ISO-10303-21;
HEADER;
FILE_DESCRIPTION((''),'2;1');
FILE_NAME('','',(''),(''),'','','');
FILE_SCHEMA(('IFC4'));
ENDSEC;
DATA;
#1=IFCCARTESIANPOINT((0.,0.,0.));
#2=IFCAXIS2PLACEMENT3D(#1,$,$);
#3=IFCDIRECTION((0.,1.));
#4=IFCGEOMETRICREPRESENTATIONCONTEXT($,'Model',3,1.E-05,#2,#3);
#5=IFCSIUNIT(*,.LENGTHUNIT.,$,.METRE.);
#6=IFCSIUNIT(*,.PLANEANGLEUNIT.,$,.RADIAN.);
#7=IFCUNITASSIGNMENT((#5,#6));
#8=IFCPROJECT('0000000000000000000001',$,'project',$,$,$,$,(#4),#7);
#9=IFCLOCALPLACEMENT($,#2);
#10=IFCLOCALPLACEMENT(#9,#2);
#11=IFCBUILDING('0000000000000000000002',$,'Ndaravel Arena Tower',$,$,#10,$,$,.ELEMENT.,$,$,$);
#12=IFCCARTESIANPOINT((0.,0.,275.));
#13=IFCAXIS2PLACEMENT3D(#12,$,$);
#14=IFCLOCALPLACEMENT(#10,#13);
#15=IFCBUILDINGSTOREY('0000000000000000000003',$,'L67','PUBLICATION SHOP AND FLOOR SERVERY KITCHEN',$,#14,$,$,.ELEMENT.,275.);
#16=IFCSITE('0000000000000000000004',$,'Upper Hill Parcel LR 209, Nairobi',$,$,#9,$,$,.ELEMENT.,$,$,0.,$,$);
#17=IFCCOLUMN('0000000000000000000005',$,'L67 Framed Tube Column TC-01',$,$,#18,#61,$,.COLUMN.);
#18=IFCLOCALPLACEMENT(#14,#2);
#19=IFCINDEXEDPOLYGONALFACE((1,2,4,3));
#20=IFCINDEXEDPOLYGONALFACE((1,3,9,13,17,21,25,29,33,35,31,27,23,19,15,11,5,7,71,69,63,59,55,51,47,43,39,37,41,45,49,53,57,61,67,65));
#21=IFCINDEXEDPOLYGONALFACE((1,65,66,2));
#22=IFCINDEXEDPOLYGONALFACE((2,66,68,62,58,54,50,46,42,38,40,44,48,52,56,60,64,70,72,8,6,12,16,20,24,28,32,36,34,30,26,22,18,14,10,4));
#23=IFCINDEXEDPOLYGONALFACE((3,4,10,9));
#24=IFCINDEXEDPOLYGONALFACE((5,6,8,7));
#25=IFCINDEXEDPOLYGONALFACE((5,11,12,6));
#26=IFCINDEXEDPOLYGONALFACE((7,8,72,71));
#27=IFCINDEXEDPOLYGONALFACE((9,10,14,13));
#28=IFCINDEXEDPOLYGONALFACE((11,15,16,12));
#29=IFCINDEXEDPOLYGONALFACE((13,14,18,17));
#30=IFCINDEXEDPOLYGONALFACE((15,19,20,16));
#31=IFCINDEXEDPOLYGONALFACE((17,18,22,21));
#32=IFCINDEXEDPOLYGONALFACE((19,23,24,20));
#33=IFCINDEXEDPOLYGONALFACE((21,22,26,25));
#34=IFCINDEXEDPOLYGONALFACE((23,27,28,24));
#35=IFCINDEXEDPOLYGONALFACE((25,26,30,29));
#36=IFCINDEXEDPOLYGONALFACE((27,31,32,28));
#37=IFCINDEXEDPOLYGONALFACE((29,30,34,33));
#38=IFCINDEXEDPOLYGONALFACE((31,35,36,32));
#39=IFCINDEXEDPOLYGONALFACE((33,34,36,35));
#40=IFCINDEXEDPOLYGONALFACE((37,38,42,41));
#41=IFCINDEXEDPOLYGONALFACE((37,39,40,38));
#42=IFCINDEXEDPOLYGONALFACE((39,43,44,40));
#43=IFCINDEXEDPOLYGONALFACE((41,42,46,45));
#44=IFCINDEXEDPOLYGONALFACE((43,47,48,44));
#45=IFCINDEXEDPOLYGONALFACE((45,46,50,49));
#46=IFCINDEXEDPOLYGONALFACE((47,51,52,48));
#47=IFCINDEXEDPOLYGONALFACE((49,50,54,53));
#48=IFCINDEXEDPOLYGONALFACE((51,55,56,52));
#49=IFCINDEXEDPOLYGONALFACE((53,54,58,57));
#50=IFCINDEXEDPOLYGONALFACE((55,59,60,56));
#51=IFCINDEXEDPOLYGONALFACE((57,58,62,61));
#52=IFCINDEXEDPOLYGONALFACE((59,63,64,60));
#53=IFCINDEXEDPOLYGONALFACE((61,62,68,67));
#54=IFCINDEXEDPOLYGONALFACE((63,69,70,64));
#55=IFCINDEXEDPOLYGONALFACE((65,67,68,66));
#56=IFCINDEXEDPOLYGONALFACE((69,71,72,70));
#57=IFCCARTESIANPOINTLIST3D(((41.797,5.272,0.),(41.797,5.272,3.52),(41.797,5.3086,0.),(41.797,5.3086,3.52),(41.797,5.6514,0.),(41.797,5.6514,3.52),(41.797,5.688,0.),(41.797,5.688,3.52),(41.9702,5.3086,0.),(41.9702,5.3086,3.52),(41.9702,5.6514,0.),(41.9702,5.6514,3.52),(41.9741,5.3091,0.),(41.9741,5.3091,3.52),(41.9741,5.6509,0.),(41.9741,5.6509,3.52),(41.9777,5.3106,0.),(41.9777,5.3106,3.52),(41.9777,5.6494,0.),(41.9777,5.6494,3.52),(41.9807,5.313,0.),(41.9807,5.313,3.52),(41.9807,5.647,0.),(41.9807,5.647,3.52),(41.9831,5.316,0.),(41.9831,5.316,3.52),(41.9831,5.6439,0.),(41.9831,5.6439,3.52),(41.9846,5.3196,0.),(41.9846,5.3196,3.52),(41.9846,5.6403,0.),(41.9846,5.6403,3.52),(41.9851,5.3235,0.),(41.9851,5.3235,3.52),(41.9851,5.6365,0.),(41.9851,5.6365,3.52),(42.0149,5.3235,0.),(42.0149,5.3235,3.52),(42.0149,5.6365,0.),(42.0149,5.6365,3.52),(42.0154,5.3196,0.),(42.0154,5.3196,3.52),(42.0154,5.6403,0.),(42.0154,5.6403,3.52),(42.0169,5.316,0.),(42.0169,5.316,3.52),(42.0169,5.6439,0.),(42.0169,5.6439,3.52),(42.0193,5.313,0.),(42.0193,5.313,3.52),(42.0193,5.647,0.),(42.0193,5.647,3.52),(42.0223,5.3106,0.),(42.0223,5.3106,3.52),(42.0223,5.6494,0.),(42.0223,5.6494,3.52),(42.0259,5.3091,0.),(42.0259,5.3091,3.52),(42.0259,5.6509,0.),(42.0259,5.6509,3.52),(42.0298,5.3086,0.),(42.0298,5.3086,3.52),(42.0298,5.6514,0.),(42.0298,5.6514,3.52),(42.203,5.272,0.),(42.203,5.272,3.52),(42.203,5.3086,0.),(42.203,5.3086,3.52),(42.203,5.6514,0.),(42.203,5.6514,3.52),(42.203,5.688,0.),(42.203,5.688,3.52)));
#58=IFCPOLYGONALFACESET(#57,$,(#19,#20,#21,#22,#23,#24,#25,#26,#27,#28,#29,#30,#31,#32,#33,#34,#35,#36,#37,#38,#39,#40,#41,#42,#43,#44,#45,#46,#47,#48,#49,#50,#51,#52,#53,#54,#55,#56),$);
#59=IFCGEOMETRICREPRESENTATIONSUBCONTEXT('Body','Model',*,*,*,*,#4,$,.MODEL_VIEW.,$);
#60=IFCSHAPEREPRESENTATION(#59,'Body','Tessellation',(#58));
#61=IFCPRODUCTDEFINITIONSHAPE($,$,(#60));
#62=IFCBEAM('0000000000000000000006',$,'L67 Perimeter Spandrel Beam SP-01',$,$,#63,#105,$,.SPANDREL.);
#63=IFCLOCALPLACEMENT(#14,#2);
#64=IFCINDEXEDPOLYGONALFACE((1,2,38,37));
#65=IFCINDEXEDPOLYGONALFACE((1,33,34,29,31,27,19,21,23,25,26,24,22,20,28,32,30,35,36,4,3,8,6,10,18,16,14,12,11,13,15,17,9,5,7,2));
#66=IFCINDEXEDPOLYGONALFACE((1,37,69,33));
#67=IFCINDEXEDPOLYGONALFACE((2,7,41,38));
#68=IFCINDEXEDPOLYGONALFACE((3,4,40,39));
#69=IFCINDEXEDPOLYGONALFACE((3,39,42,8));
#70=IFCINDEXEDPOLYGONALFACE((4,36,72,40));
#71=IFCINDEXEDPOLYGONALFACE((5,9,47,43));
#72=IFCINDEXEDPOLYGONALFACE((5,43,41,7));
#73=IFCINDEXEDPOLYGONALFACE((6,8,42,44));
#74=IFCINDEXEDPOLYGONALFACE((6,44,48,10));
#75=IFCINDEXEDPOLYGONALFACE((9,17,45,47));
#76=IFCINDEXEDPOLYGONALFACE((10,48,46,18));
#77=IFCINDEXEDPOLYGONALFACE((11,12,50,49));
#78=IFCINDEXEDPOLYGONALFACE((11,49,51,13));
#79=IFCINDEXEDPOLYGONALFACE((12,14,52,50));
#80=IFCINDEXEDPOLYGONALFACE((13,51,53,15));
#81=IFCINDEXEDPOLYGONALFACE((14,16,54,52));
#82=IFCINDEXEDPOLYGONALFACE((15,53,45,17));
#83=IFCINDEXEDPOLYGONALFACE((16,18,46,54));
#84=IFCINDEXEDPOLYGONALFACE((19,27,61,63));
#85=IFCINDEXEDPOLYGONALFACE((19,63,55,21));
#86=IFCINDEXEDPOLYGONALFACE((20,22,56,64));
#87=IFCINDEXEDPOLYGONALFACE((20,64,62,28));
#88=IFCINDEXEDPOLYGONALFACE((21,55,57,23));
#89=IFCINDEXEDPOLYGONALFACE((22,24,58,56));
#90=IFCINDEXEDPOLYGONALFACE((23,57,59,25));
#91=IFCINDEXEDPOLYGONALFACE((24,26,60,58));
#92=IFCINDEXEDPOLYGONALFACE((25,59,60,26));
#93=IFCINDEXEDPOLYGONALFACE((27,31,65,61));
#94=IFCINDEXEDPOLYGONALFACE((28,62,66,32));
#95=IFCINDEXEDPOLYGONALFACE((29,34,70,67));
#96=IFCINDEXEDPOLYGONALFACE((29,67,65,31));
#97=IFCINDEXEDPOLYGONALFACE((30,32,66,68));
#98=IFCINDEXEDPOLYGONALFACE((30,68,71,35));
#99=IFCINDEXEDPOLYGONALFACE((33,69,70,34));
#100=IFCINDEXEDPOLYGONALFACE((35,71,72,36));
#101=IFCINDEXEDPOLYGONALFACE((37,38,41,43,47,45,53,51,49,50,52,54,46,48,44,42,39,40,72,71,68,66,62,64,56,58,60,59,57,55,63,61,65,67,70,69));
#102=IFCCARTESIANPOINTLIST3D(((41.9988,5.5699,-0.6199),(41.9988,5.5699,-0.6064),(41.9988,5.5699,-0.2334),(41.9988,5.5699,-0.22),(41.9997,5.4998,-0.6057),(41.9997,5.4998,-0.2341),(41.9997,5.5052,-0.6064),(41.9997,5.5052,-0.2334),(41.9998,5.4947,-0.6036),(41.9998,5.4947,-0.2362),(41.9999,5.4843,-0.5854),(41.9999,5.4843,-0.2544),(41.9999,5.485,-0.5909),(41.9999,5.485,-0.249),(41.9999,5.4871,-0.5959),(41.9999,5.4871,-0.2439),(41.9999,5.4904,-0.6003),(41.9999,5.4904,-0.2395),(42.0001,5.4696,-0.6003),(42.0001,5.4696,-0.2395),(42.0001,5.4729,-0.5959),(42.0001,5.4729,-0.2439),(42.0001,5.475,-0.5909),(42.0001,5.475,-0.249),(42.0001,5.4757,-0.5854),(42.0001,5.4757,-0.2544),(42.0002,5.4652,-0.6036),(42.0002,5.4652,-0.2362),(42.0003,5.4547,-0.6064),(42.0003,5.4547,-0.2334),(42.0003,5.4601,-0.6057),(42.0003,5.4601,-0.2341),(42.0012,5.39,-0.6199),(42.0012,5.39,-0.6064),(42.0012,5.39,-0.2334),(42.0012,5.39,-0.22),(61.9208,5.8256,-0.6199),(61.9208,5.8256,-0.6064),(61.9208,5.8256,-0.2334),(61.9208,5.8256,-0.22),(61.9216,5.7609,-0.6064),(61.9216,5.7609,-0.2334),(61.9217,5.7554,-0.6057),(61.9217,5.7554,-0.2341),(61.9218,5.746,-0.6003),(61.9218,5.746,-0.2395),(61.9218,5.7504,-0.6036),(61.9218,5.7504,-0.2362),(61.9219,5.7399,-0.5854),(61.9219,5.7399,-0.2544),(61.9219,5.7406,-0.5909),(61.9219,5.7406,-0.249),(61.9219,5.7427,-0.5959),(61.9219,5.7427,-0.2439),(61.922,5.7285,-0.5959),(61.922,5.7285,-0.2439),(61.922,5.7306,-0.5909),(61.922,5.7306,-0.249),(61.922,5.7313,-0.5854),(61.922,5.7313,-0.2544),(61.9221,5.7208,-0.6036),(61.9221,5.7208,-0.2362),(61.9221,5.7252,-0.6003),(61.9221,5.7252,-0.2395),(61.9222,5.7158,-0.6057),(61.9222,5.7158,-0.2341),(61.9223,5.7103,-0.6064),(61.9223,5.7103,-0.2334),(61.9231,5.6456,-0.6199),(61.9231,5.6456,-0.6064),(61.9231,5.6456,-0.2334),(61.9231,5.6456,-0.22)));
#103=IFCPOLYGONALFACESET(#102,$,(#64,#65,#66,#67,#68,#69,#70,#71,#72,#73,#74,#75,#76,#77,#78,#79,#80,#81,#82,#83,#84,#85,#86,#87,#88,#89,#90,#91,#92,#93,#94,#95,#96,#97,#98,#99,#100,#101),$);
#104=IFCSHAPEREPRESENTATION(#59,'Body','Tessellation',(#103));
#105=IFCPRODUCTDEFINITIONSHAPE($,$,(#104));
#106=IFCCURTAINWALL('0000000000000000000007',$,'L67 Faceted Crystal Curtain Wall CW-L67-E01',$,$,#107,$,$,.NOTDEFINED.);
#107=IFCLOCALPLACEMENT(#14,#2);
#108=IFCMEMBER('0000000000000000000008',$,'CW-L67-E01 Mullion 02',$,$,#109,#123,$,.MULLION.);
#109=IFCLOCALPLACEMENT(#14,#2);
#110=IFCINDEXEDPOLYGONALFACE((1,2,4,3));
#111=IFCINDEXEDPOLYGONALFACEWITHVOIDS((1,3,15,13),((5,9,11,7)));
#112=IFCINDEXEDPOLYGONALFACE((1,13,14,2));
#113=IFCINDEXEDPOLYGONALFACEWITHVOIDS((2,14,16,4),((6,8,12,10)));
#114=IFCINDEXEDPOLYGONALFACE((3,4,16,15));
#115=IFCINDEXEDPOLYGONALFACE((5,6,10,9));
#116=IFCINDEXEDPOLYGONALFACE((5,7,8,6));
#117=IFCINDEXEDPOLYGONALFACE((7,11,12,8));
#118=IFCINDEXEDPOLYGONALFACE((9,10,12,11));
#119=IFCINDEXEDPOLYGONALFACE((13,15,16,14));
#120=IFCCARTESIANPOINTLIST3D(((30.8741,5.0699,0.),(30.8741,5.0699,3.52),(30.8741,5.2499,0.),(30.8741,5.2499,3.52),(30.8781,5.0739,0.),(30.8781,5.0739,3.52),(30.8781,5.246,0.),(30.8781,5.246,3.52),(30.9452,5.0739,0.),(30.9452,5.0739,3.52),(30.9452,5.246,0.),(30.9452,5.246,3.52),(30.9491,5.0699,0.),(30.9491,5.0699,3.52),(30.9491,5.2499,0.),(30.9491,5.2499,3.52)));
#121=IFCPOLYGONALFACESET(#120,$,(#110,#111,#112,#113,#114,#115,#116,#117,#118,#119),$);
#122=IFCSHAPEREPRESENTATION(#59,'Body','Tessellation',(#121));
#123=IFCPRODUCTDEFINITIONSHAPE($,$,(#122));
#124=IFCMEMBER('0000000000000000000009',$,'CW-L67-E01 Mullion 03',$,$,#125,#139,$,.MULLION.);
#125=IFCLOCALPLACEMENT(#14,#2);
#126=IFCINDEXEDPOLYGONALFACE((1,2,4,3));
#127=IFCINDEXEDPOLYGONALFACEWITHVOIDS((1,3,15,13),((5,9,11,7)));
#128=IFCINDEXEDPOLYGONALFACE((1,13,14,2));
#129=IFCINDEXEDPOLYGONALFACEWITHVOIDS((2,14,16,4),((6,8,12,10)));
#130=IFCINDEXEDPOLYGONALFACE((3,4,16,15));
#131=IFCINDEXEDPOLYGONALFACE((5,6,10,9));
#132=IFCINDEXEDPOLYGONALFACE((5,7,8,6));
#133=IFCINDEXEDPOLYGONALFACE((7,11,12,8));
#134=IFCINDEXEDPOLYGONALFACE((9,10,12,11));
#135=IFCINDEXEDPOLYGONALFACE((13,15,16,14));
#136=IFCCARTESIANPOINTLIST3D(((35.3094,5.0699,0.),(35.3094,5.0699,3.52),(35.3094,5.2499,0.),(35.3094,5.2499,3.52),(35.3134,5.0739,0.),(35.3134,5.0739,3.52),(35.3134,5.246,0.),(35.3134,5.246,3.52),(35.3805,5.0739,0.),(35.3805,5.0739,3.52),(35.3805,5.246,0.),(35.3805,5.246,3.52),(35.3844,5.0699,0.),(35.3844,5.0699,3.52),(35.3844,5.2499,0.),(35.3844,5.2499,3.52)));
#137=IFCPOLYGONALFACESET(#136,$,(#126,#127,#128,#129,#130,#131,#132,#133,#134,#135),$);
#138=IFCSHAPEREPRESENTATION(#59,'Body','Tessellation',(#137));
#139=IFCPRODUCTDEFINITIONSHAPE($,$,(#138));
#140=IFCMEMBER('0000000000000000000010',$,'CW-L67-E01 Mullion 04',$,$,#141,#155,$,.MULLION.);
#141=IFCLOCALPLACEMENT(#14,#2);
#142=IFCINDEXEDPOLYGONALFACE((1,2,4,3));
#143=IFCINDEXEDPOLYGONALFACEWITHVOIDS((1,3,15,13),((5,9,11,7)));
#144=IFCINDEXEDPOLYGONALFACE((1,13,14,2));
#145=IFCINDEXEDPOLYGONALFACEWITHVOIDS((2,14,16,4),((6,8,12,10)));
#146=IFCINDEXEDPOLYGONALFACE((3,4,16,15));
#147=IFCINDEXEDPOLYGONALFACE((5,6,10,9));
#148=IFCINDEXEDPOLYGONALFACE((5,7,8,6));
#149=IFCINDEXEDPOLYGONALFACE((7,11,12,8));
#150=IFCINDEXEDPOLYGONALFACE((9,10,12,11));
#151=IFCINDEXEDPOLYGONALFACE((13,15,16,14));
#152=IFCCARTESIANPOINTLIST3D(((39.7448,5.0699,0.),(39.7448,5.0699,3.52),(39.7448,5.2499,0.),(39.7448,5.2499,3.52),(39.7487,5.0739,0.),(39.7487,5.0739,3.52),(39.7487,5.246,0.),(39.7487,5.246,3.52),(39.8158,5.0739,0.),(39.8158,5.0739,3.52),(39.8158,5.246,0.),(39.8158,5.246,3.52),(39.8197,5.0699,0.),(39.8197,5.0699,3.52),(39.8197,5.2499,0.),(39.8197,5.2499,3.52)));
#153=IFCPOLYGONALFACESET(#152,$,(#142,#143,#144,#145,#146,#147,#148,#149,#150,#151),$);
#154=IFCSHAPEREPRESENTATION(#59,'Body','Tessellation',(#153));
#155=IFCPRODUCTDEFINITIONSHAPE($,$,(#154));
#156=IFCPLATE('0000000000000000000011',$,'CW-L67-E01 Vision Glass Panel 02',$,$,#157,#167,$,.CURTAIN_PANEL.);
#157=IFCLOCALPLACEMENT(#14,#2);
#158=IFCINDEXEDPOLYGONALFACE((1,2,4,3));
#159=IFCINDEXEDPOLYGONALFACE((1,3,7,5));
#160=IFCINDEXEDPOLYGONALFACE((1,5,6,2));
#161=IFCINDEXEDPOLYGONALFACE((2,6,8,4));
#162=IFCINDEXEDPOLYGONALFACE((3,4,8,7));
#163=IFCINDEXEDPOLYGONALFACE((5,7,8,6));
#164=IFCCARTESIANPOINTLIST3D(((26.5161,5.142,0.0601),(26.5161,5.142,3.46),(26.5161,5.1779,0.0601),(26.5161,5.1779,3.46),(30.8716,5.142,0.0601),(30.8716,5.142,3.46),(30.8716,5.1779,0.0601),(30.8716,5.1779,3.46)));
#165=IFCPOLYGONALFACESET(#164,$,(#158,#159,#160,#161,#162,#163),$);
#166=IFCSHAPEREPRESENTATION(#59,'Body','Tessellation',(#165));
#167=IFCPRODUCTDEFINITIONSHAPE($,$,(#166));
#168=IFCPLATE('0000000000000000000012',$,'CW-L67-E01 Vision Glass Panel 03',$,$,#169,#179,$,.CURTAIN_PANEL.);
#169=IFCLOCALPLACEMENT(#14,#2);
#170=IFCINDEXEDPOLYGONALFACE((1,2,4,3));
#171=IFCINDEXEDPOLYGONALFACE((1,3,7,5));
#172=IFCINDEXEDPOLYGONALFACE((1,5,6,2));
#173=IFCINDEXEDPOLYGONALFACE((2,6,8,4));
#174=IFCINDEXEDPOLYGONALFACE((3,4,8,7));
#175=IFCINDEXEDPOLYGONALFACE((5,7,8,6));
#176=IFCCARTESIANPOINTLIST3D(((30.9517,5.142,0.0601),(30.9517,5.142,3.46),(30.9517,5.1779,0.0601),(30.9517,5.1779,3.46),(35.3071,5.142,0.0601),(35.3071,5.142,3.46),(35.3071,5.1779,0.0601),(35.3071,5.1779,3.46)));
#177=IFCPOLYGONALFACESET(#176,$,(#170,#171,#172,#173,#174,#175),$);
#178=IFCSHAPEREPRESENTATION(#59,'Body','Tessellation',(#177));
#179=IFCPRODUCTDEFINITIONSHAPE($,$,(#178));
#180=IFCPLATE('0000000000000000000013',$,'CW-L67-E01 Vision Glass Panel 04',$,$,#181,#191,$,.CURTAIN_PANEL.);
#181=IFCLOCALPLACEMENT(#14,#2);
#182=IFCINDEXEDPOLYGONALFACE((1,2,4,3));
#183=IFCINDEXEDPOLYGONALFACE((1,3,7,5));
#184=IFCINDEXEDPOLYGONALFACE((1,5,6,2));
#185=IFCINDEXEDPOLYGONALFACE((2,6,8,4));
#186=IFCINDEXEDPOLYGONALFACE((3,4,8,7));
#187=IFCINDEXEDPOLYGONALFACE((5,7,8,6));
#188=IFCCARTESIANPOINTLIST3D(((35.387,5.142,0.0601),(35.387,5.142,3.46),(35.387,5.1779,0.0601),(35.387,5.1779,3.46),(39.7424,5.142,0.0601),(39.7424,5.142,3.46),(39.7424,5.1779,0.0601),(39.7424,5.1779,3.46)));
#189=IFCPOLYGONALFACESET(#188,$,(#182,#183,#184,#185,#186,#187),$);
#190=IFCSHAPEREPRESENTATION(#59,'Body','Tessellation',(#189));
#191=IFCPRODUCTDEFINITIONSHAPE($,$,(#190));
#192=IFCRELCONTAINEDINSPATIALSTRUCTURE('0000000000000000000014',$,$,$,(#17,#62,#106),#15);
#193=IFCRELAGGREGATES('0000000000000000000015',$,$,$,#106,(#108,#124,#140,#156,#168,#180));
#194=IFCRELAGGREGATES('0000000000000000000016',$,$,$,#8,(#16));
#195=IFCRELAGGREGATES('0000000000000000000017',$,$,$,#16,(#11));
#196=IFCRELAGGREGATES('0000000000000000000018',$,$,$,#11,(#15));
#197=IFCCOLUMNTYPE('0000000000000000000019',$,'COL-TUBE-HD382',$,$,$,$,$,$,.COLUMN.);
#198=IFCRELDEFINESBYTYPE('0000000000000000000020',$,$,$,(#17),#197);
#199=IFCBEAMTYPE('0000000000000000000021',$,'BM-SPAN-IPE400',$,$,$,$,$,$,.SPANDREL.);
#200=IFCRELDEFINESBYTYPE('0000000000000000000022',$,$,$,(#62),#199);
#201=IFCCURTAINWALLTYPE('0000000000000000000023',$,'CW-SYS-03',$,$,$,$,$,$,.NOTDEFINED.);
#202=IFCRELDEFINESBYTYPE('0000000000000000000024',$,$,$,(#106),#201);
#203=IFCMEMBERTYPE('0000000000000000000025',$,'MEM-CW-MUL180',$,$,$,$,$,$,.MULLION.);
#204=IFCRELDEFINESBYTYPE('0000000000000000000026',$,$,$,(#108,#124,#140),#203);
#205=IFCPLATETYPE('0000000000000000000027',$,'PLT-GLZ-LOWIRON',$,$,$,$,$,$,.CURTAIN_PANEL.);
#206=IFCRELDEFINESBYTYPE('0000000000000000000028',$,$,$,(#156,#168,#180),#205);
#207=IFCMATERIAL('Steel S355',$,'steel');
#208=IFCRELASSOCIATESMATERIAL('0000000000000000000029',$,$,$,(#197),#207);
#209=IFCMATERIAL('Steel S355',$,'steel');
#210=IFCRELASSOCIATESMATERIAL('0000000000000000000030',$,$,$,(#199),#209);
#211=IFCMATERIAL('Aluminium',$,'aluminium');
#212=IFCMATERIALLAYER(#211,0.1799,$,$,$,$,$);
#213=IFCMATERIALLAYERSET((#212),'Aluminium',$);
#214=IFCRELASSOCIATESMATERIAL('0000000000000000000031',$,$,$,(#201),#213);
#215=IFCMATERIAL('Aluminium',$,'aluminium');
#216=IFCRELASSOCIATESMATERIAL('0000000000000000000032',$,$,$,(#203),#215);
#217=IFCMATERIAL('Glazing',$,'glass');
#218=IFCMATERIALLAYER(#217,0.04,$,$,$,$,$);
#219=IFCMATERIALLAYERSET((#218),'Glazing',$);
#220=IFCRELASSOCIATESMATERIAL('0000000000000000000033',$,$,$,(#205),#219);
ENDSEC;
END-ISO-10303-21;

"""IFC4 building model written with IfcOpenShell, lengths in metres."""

from ifc_helpers import new_model, si_unit, direction, frame, origin, origin_2d, place, context, subcontext, project, spatial, rectangle, hollow_rectangle, i_section, extrude, material, layer, layer_set, material_profile, profile_set, type_object, element, aggregate, save


model = new_model("IFC4")

# Units and contexts
model_context = context("Model", 3, precision=1e-05, world=origin(), true_north=direction((0.0, 1.0)))
body_context = subcontext(model_context, "Body", "Model", "MODEL_VIEW")
ifc_project = project(units=[si_unit("LENGTHUNIT", "METRE"), si_unit("PLANEANGLEUNIT", "RADIAN")], contexts=[model_context])

# Site, building, storey
site_placement = place(None, origin())
site = spatial("IfcSite", under=ifc_project, at=site_placement, Name="Upper Hill Parcel LR 209, Nairobi", CompositionType="ELEMENT", RefElevation=0.0)
building_placement = place(site_placement, origin())
building = spatial("IfcBuilding", under=site, at=building_placement, Name="Ndaravel Arena Tower", CompositionType="ELEMENT")
storey_placement = place(building_placement, frame((0.0, 0.0, 275.0)))
storey = spatial("IfcBuildingStorey", under=building, at=storey_placement, Name="L67", Description="PUBLICATION SHOP AND FLOOR SERVERY KITCHEN", CompositionType="ELEMENT", Elevation=275.0)

# Column
ifc_material_1 = material(Name="Steel S355", Category="steel")
ifc_material_profile_1 = material_profile(ifc_material_1, i_section(OverallWidth=0.406, OverallDepth=0.416, WebThickness=0.0298, FlangeThickness=0.0366, FilletRadius=0.0149, at=origin_2d()), Name="HD 400x382")
ifc_profile_set_1 = profile_set([ifc_material_profile_1], Name="Steel S355")
column_type = type_object("IfcColumnType", Name="COL-TUBE-HD382", PredefinedType="COLUMN", material=ifc_profile_set_1)
column_placement = place(storey_placement, frame((42.0, 5.48, 0.0), z_axis=(0.0, 0.0, 1.0), x_axis=(1.0, 0.0, 0.0)))
element("IfcColumn", 1, at=column_placement, inside=storey, type_object=column_type, Name="L67 Framed Tube Column TC-01", PredefinedType="COLUMN", context=body_context, shape_type="SweptSolid", body=[
    extrude(i_section(OverallWidth=0.406, OverallDepth=0.416, WebThickness=0.0298, FlangeThickness=0.0366, FilletRadius=0.0149, at=origin_2d()), origin(), (0.0, 0.0, 1.0), 3.52),
])

# Beam
ifc_material_2 = material(Name="Steel S355", Category="steel")
ifc_material_profile_2 = material_profile(ifc_material_2, i_section(OverallWidth=0.1799, OverallDepth=0.3999, WebThickness=0.0085, FlangeThickness=0.0134, FilletRadius=0.021, at=origin_2d()), Name="IPE 400")
ifc_profile_set_2 = profile_set([ifc_material_profile_2], Name="Steel S355")
beam_type = type_object("IfcBeamType", Name="BM-SPAN-IPE400", PredefinedType="SPANDREL", material=ifc_profile_set_2)
beam_placement = place(storey_placement, frame((42.0, 5.48, -0.4199), z_axis=(0.999918, 0.01283, 0.0), x_axis=(-0.01283, 0.999918, 0.0)))
element("IfcBeam", 2, at=beam_placement, inside=storey, type_object=beam_type, Name="L67 Perimeter Spandrel Beam SP-01", PredefinedType="SPANDREL", context=body_context, shape_type="SweptSolid", body=[
    extrude(i_section(OverallWidth=0.1799, OverallDepth=0.3999, WebThickness=0.0085, FlangeThickness=0.0134, FilletRadius=0.021, at=origin_2d()), origin(), (0.0, 0.0, 1.0), 19.9236),
])

# Curtain wall, members, plates
ifc_material_3 = material(Name="Aluminium", Category="aluminium")
ifc_layer_1 = layer(ifc_material_3, 0.1799)
ifc_layer_set_1 = layer_set([ifc_layer_1], Name="Aluminium")
curtain_wall_type = type_object("IfcCurtainWallType", Name="CW-SYS-03", PredefinedType="NOTDEFINED", material=ifc_layer_set_1)
curtain_wall_placement = place(storey_placement, origin())
curtain_wall = element("IfcCurtainWall", 3, at=curtain_wall_placement, inside=storey, type_object=curtain_wall_type, Name="L67 Faceted Crystal Curtain Wall CW-L67-E01", PredefinedType="NOTDEFINED")
ifc_material_4 = material(Name="Aluminium", Category="aluminium")
ifc_material_profile_3 = material_profile(ifc_material_4, hollow_rectangle(XDim=0.075, YDim=0.1799, WallThickness=0.0039, at=origin_2d()), Name="CW MULLION 75x180x4")
ifc_profile_set_3 = profile_set([ifc_material_profile_3], Name="Aluminium")
member_type = type_object("IfcMemberType", Name="MEM-CW-MUL180", PredefinedType="MULLION", material=ifc_profile_set_3)
member_1_placement = place(storey_placement, frame((30.9116, 5.1599, 0.0), z_axis=(0.0, 0.0, 1.0), x_axis=(1.0, 0.0, 0.0)))
member_1 = element("IfcMember", 4, at=member_1_placement, type_object=member_type, Name="CW-L67-E01 Mullion 02", PredefinedType="MULLION", context=body_context, shape_type="SweptSolid", body=[
    extrude(hollow_rectangle(XDim=0.075, YDim=0.1799, WallThickness=0.0039, at=origin_2d()), origin(), (0.0, 0.0, 1.0), 3.52),
])
member_2_placement = place(storey_placement, frame((35.3469, 5.1599, 0.0), z_axis=(0.0, 0.0, 1.0), x_axis=(1.0, 0.0, 0.0)))
member_2 = element("IfcMember", 5, at=member_2_placement, type_object=member_type, Name="CW-L67-E01 Mullion 03", PredefinedType="MULLION", context=body_context, shape_type="SweptSolid", body=[
    extrude(hollow_rectangle(XDim=0.075, YDim=0.1799, WallThickness=0.0039, at=origin_2d()), origin(), (0.0, 0.0, 1.0), 3.52),
])
member_3_placement = place(storey_placement, frame((39.7822, 5.1599, 0.0), z_axis=(0.0, 0.0, 1.0), x_axis=(1.0, 0.0, 0.0)))
member_3 = element("IfcMember", 6, at=member_3_placement, type_object=member_type, Name="CW-L67-E01 Mullion 04", PredefinedType="MULLION", context=body_context, shape_type="SweptSolid", body=[
    extrude(hollow_rectangle(XDim=0.075, YDim=0.1799, WallThickness=0.0039, at=origin_2d()), origin(), (0.0, 0.0, 1.0), 3.52),
])
ifc_material_5 = material(Name="Glazing", Category="glass")
ifc_layer_2 = layer(ifc_material_5, 0.04)
ifc_layer_set_2 = layer_set([ifc_layer_2], Name="Glazing")
plate_type = type_object("IfcPlateType", Name="PLT-GLZ-LOWIRON", PredefinedType="CURTAIN_PANEL", material=ifc_layer_set_2)
plate_1_placement = place(storey_placement, frame((28.6938, 5.1599, 0.0601), z_axis=(0.0, 0.0, 1.0), x_axis=(1.0, 0.0, 0.0)))
plate_1 = element("IfcPlate", 7, at=plate_1_placement, type_object=plate_type, Name="CW-L67-E01 Vision Glass Panel 02", PredefinedType="CURTAIN_PANEL", context=body_context, shape_type="SweptSolid", body=[
    extrude(rectangle(XDim=4.3555, YDim=0.0359, at=origin_2d()), origin(), (0.0, 0.0, 1.0), 3.3999),
])
plate_2_placement = place(storey_placement, frame((33.1294, 5.1599, 0.0601), z_axis=(0.0, 0.0, 1.0), x_axis=(1.0, 0.0, 0.0)))
plate_2 = element("IfcPlate", 8, at=plate_2_placement, type_object=plate_type, Name="CW-L67-E01 Vision Glass Panel 03", PredefinedType="CURTAIN_PANEL", context=body_context, shape_type="SweptSolid", body=[
    extrude(rectangle(XDim=4.3555, YDim=0.0359, at=origin_2d()), origin(), (0.0, 0.0, 1.0), 3.3999),
])
plate_3_placement = place(storey_placement, frame((37.5647, 5.1599, 0.0601), z_axis=(0.0, 0.0, 1.0), x_axis=(1.0, 0.0, 0.0)))
plate_3 = element("IfcPlate", 9, at=plate_3_placement, type_object=plate_type, Name="CW-L67-E01 Vision Glass Panel 04", PredefinedType="CURTAIN_PANEL", context=body_context, shape_type="SweptSolid", body=[
    extrude(rectangle(XDim=4.3555, YDim=0.0359, at=origin_2d()), origin(), (0.0, 0.0, 1.0), 3.3999),
])
aggregate(curtain_wall, [member_1, member_2, member_3, plate_1, plate_2, plate_3])

save(model, "model.ifc")
